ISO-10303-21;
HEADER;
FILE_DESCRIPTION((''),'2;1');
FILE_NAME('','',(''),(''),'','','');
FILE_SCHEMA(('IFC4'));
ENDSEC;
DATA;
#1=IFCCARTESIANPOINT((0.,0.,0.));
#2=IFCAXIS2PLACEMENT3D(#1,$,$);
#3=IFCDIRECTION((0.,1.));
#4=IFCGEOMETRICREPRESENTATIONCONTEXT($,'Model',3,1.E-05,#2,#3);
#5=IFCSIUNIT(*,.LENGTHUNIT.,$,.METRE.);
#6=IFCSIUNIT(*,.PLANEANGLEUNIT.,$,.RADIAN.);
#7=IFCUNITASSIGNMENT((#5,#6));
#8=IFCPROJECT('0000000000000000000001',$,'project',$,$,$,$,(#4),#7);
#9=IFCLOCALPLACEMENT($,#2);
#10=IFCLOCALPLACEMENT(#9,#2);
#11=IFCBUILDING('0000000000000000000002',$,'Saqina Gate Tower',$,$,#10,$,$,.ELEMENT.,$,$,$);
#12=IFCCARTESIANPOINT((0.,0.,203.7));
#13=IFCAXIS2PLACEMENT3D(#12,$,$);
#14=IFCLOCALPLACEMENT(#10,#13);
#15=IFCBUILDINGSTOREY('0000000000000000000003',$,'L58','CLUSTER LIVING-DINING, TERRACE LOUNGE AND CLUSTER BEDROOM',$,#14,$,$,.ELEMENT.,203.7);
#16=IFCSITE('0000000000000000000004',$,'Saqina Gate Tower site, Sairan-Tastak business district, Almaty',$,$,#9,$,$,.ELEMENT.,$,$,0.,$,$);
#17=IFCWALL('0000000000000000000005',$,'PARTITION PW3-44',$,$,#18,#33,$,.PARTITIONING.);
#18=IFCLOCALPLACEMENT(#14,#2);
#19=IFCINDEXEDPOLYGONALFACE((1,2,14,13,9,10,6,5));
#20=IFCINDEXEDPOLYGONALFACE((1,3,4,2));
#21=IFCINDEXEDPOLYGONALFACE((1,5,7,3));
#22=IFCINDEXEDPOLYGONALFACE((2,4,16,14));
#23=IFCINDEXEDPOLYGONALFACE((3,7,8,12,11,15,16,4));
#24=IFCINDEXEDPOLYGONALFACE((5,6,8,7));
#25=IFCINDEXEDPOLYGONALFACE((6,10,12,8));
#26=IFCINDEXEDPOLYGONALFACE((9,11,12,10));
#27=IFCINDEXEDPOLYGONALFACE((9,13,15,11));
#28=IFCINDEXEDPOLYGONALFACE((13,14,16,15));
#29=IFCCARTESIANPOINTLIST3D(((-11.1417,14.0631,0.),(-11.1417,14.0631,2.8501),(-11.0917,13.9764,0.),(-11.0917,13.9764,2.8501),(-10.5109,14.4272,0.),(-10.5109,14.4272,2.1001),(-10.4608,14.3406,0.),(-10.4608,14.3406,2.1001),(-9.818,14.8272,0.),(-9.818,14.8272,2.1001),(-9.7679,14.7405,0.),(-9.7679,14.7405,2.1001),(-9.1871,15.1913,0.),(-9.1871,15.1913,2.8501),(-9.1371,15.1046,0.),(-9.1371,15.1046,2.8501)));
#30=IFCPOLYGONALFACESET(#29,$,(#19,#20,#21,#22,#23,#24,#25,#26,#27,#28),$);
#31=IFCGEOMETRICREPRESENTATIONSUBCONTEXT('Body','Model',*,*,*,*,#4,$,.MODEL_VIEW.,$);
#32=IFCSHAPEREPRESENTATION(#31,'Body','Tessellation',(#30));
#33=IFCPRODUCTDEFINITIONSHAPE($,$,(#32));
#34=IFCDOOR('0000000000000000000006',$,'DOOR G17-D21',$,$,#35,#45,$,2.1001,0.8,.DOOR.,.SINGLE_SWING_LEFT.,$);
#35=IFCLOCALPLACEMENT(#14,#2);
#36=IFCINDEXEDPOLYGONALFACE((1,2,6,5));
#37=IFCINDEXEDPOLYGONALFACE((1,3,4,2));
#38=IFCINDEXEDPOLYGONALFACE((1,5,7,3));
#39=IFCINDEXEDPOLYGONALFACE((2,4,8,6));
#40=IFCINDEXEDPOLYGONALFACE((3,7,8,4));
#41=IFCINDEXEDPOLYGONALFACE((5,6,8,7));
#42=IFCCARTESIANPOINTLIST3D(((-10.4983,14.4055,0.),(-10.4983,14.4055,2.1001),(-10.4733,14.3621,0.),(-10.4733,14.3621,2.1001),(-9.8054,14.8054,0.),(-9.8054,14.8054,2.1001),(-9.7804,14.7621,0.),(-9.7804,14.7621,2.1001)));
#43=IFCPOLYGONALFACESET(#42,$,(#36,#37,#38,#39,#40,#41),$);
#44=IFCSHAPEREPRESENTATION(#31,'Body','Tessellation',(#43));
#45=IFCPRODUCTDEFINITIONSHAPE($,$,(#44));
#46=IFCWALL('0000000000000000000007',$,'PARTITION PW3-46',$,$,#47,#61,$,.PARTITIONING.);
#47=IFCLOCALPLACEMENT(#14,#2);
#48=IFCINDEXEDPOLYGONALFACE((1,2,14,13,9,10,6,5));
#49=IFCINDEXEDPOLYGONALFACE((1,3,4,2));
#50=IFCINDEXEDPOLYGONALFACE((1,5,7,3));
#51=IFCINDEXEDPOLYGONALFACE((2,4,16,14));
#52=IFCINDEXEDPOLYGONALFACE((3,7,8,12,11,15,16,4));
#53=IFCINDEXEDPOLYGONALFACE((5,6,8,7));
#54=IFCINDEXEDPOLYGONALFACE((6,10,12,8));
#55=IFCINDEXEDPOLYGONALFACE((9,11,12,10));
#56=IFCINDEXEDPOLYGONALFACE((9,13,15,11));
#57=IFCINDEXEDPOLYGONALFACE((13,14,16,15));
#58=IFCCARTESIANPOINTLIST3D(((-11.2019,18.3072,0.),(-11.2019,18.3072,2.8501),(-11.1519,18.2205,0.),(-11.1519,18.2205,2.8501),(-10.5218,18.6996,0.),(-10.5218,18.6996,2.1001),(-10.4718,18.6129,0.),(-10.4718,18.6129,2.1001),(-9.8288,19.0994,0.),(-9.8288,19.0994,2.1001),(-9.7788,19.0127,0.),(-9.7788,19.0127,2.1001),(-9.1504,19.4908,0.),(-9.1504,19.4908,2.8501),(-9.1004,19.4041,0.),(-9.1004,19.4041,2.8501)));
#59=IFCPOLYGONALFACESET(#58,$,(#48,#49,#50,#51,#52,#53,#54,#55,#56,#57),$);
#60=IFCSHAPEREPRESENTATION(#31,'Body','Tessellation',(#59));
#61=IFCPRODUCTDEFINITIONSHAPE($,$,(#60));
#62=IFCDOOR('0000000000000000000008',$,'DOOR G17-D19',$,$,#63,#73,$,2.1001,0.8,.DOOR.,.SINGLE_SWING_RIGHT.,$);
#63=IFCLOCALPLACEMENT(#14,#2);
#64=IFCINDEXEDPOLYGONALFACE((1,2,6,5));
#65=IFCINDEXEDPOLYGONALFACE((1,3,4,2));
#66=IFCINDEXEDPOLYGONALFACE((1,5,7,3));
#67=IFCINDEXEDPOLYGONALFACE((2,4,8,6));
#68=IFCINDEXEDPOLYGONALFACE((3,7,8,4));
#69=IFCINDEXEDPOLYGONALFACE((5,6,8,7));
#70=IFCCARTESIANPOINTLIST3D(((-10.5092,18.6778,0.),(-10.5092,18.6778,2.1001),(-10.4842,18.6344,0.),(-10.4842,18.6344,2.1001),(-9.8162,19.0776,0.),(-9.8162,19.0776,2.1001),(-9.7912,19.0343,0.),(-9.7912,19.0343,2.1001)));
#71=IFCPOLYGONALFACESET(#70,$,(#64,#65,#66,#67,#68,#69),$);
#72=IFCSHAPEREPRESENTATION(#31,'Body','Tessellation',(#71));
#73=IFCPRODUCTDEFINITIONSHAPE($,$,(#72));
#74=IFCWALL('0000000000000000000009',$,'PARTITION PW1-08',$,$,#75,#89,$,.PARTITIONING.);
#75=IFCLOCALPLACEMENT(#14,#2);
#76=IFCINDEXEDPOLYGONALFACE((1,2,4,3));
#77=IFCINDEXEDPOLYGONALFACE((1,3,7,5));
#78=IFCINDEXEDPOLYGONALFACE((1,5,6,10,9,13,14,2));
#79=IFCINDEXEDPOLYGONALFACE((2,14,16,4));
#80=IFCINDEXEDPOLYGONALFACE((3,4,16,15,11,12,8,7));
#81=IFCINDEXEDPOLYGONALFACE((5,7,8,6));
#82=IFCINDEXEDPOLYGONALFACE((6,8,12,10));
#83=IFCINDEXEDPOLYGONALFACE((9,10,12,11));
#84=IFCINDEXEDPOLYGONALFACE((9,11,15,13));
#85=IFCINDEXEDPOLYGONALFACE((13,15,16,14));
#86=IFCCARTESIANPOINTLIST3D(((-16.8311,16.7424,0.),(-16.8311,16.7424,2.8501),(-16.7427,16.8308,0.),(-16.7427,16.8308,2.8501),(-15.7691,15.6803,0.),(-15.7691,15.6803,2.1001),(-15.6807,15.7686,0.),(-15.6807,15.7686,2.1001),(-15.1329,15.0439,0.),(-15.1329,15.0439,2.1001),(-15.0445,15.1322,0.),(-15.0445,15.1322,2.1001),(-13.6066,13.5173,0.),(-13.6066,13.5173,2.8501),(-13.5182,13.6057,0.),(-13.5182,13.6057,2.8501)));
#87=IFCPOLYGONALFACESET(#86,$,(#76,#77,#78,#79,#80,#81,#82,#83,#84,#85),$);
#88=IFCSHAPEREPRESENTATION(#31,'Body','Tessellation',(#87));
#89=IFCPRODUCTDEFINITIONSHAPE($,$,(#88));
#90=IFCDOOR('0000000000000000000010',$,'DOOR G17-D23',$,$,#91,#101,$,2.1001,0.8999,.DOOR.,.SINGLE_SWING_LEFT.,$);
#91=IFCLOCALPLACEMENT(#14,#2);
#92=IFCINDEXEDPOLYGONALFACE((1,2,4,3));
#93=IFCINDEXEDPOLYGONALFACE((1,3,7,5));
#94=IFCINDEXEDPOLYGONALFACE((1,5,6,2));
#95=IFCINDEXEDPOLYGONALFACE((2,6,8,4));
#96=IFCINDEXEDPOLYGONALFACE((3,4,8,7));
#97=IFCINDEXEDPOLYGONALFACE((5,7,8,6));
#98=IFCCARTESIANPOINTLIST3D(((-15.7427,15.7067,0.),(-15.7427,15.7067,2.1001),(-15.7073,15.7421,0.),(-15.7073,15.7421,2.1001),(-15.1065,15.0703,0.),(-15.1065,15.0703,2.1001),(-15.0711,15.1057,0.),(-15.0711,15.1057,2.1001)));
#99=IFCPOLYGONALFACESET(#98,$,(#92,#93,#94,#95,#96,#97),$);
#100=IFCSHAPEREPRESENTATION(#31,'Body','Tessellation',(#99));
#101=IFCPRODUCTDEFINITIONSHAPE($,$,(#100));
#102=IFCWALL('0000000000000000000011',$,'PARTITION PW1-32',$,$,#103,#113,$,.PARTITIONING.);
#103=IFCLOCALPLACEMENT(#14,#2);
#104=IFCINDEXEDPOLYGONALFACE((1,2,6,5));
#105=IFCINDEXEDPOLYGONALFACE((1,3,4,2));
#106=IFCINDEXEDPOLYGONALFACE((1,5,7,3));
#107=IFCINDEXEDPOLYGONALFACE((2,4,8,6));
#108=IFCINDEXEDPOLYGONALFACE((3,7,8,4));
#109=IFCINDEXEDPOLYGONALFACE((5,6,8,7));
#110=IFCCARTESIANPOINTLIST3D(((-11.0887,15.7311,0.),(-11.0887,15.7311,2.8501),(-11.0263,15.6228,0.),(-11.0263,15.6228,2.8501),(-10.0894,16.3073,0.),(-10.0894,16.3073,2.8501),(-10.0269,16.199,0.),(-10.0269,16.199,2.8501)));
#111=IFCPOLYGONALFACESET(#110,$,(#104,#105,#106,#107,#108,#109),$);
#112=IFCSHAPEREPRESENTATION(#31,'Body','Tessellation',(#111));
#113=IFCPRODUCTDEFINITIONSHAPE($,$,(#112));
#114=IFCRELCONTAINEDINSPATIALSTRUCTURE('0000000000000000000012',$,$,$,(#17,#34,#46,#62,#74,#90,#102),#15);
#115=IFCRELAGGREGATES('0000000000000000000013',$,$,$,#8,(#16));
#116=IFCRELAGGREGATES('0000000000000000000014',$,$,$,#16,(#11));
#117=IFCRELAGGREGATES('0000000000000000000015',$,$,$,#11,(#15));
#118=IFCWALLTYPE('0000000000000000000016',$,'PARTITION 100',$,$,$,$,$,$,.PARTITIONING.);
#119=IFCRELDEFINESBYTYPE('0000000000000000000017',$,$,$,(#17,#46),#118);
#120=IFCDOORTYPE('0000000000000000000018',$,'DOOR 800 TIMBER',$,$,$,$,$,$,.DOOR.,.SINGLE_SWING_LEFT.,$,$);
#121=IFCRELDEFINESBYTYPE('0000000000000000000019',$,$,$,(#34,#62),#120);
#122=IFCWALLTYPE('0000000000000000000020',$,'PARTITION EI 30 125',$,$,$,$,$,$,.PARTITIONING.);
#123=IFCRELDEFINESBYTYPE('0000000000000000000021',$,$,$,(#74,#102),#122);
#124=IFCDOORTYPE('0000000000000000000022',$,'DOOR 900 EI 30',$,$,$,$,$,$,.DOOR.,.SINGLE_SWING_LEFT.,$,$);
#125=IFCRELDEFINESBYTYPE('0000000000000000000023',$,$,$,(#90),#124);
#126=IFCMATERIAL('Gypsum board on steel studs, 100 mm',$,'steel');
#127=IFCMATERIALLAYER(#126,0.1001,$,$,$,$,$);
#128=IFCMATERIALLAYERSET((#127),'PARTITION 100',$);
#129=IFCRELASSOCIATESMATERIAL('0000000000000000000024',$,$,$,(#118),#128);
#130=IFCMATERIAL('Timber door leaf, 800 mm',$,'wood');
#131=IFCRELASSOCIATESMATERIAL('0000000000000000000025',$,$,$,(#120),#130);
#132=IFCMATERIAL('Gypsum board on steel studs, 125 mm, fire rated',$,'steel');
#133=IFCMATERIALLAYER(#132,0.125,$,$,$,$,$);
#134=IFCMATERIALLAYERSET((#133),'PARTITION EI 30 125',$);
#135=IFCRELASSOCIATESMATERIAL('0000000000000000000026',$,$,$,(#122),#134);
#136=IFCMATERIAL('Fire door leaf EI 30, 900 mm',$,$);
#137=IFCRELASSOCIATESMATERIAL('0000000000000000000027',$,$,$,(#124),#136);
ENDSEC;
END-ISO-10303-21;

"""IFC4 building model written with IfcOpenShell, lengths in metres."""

from ifc_helpers import new_model, si_unit, direction, frame, frame_2d, origin, place, context, subcontext, project, spatial, rectangle, extrude, material, layer, layer_set, type_object, element, fill, save


model = new_model("IFC4")

# Units and contexts
model_context = context("Model", 3, precision=1e-05, world=origin(), true_north=direction((0.0, 1.0)))
body_context = subcontext(model_context, "Body", "Model", "MODEL_VIEW")
ifc_project = project(units=[si_unit("LENGTHUNIT", "METRE"), si_unit("PLANEANGLEUNIT", "RADIAN")], contexts=[model_context])

# Site, building, storey
site_placement = place(None, origin())
site = spatial("IfcSite", under=ifc_project, at=site_placement, Name="Saqina Gate Tower site, Sairan-Tastak business district, Almaty", CompositionType="ELEMENT", RefElevation=0.0)
building_placement = place(site_placement, origin())
building = spatial("IfcBuilding", under=site, at=building_placement, Name="Saqina Gate Tower", CompositionType="ELEMENT")
storey_placement = place(building_placement, frame((0.0, 0.0, 203.7)))
storey = spatial("IfcBuildingStorey", under=building, at=storey_placement, Name="L58", Description="CLUSTER LIVING-DINING, TERRACE LOUNGE AND CLUSTER BEDROOM", CompositionType="ELEMENT", Elevation=203.7)

# Shared definitions
ifc_material_1 = material(Name="Gypsum board on steel studs, 100 mm", Category="steel")
ifc_layer_1 = layer(ifc_material_1, 0.1001)
ifc_layer_set_1 = layer_set([ifc_layer_1], Name="PARTITION 100")
wall_type_1 = type_object("IfcWallType", Name="PARTITION 100", PredefinedType="PARTITIONING", material=ifc_layer_set_1)

# Walls, openings, doors
wall_1_placement = place(storey_placement, frame((-11.1167, 14.0198, 0.0), z_axis=(0.0, 0.0, 1.0), x_axis=(0.866085, 0.499897, 0.0)))
wall_1 = element("IfcWall", 1, at=wall_1_placement, inside=storey, type_object=wall_type_1, Name="PARTITION PW3-44", PredefinedType="PARTITIONING", context=body_context, shape_type="SweptSolid", body=[
    extrude(rectangle(XDim=2.2568, YDim=0.1001, at=frame_2d((1.1284, 0.0))), origin(), (0.0, 0.0, 1.0), 2.8501),
])
opening_1_placement = place(wall_1_placement, frame((0.7285, 0.0, 0.0)))
opening_1 = element("IfcOpeningElement", 2, at=opening_1_placement, cuts=wall_1, PredefinedType="OPENING", context=body_context, shape_type="SweptSolid", body=[
    extrude(rectangle(XDim=0.8, YDim=2.1001, at=frame_2d((0.3999, 1.05))), frame((0.0, 0.062, 0.0), z_axis=(0.0, -1.0, 0.0), x_axis=(1.0, 0.0, 0.0)), (0.0, 0.0, 1.0), 0.124),
])
ifc_material_2 = material(Name="Timber door leaf, 800 mm", Category="wood")
door_type_1 = type_object("IfcDoorType", Name="DOOR 800 TIMBER", OperationType="SINGLE_SWING_LEFT", PredefinedType="DOOR", material=ifc_material_2)
door_1_placement = place(opening_1_placement, origin())
door_1 = element("IfcDoor", 3, at=door_1_placement, inside=storey, type_object=door_type_1, Name="DOOR G17-D21", OperationType="SINGLE_SWING_LEFT", OverallHeight=2.1001, OverallWidth=0.8, PredefinedType="DOOR", context=body_context, shape_type="SweptSolid", body=[
    extrude(rectangle(XDim=0.8, YDim=2.1001, at=frame_2d((0.3999, 1.05))), frame((0.0, 0.0249, 0.0), z_axis=(0.0, -1.0, 0.0), x_axis=(1.0, 0.0, 0.0)), (0.0, 0.0, 1.0), 0.05),
])
fill(opening_1, door_1)
wall_2_placement = place(storey_placement, frame((-11.1768, 18.2639, 0.0), z_axis=(0.0, 0.0, 1.0), x_axis=(0.86618, 0.499731, 0.0)))
wall_2 = element("IfcWall", 4, at=wall_2_placement, inside=storey, type_object=wall_type_1, Name="PARTITION PW3-46", PredefinedType="PARTITIONING", context=body_context, shape_type="SweptSolid", body=[
    extrude(rectangle(XDim=2.3684, YDim=0.1001, at=frame_2d((1.1841, 0.0))), origin(), (0.0, 0.0, 1.0), 2.8501),
])
opening_2_placement = place(wall_2_placement, frame((0.7852, 0.0, 0.0)))
opening_2 = element("IfcOpeningElement", 5, at=opening_2_placement, cuts=wall_2, PredefinedType="OPENING", context=body_context, shape_type="SweptSolid", body=[
    extrude(rectangle(XDim=0.8, YDim=2.1001, at=frame_2d((0.3999, 1.05))), frame((0.0, 0.062, 0.0), z_axis=(0.0, -1.0, 0.0), x_axis=(1.0, 0.0, 0.0)), (0.0, 0.0, 1.0), 0.124),
])
door_2_placement = place(opening_2_placement, origin())
door_2 = element("IfcDoor", 6, at=door_2_placement, inside=storey, type_object=door_type_1, Name="DOOR G17-D19", OperationType="SINGLE_SWING_RIGHT", OverallHeight=2.1001, OverallWidth=0.8, PredefinedType="DOOR", context=body_context, shape_type="SweptSolid", body=[
    extrude(rectangle(XDim=0.8, YDim=2.1001, at=frame_2d((0.3999, 1.05))), frame((0.0, 0.0249, 0.0), z_axis=(0.0, -1.0, 0.0), x_axis=(1.0, 0.0, 0.0)), (0.0, 0.0, 1.0), 0.05),
])
fill(opening_2, door_2)
ifc_material_3 = material(Name="Gypsum board on steel studs, 125 mm, fire rated", Category="steel")
ifc_layer_2 = layer(ifc_material_3, 0.125)
ifc_layer_set_2 = layer_set([ifc_layer_2], Name="PARTITION EI 30 125")
wall_type_2 = type_object("IfcWallType", Name="PARTITION EI 30 125", PredefinedType="PARTITIONING", material=ifc_layer_set_2)
wall_3_placement = place(storey_placement, frame((-16.7869, 16.7866, 0.0), z_axis=(0.0, 0.0, 1.0), x_axis=(0.707026, -0.707187, 0.0)))
wall_3 = element("IfcWall", 7, at=wall_3_placement, inside=storey, type_object=wall_type_2, Name="PARTITION PW1-08", PredefinedType="PARTITIONING", context=body_context, shape_type="SweptSolid", body=[
    extrude(rectangle(XDim=4.5605, YDim=0.125, at=frame_2d((2.2803, 0.0))), origin(), (0.0, 0.0, 1.0), 2.8501),
])
opening_3_placement = place(wall_3_placement, frame((1.502, 0.0, 0.0)))
opening_3 = element("IfcOpeningElement", 8, at=opening_3_placement, cuts=wall_3, PredefinedType="OPENING", context=body_context, shape_type="SweptSolid", body=[
    extrude(rectangle(XDim=0.8999, YDim=2.1001, at=frame_2d((0.45, 1.05))), frame((0.0, 0.0745, 0.0), z_axis=(0.0, -1.0, 0.0), x_axis=(1.0, 0.0, 0.0)), (0.0, 0.0, 1.0), 0.1489),
])
ifc_material_4 = material(Name="Fire door leaf EI 30, 900 mm")
door_type_2 = type_object("IfcDoorType", Name="DOOR 900 EI 30", OperationType="SINGLE_SWING_LEFT", PredefinedType="DOOR", material=ifc_material_4)
door_3_placement = place(opening_3_placement, origin())
door_3 = element("IfcDoor", 9, at=door_3_placement, inside=storey, type_object=door_type_2, Name="DOOR G17-D23", OperationType="SINGLE_SWING_LEFT", OverallHeight=2.1001, OverallWidth=0.8999, PredefinedType="DOOR", context=body_context, shape_type="SweptSolid", body=[
    extrude(rectangle(XDim=0.8999, YDim=2.1001, at=frame_2d((0.45, 1.05))), frame((0.0, 0.0249, 0.0), z_axis=(0.0, -1.0, 0.0), x_axis=(1.0, 0.0, 0.0)), (0.0, 0.0, 1.0), 0.05),
])
fill(opening_3, door_3)

# Wall
wall_4_placement = place(storey_placement, frame((-11.0574, 15.677, 0.0), z_axis=(0.0, 0.0, 1.0), x_axis=(0.866309, 0.499509, 0.0)))
element("IfcWall", 10, at=wall_4_placement, inside=storey, type_object=wall_type_2, Name="PARTITION PW1-32", PredefinedType="PARTITIONING", context=body_context, shape_type="SweptSolid", body=[
    extrude(rectangle(XDim=1.1536, YDim=0.125, at=frame_2d((0.5767, 0.0))), origin(), (0.0, 0.0, 1.0), 2.8501),
])

save(model, "model.ifc")
